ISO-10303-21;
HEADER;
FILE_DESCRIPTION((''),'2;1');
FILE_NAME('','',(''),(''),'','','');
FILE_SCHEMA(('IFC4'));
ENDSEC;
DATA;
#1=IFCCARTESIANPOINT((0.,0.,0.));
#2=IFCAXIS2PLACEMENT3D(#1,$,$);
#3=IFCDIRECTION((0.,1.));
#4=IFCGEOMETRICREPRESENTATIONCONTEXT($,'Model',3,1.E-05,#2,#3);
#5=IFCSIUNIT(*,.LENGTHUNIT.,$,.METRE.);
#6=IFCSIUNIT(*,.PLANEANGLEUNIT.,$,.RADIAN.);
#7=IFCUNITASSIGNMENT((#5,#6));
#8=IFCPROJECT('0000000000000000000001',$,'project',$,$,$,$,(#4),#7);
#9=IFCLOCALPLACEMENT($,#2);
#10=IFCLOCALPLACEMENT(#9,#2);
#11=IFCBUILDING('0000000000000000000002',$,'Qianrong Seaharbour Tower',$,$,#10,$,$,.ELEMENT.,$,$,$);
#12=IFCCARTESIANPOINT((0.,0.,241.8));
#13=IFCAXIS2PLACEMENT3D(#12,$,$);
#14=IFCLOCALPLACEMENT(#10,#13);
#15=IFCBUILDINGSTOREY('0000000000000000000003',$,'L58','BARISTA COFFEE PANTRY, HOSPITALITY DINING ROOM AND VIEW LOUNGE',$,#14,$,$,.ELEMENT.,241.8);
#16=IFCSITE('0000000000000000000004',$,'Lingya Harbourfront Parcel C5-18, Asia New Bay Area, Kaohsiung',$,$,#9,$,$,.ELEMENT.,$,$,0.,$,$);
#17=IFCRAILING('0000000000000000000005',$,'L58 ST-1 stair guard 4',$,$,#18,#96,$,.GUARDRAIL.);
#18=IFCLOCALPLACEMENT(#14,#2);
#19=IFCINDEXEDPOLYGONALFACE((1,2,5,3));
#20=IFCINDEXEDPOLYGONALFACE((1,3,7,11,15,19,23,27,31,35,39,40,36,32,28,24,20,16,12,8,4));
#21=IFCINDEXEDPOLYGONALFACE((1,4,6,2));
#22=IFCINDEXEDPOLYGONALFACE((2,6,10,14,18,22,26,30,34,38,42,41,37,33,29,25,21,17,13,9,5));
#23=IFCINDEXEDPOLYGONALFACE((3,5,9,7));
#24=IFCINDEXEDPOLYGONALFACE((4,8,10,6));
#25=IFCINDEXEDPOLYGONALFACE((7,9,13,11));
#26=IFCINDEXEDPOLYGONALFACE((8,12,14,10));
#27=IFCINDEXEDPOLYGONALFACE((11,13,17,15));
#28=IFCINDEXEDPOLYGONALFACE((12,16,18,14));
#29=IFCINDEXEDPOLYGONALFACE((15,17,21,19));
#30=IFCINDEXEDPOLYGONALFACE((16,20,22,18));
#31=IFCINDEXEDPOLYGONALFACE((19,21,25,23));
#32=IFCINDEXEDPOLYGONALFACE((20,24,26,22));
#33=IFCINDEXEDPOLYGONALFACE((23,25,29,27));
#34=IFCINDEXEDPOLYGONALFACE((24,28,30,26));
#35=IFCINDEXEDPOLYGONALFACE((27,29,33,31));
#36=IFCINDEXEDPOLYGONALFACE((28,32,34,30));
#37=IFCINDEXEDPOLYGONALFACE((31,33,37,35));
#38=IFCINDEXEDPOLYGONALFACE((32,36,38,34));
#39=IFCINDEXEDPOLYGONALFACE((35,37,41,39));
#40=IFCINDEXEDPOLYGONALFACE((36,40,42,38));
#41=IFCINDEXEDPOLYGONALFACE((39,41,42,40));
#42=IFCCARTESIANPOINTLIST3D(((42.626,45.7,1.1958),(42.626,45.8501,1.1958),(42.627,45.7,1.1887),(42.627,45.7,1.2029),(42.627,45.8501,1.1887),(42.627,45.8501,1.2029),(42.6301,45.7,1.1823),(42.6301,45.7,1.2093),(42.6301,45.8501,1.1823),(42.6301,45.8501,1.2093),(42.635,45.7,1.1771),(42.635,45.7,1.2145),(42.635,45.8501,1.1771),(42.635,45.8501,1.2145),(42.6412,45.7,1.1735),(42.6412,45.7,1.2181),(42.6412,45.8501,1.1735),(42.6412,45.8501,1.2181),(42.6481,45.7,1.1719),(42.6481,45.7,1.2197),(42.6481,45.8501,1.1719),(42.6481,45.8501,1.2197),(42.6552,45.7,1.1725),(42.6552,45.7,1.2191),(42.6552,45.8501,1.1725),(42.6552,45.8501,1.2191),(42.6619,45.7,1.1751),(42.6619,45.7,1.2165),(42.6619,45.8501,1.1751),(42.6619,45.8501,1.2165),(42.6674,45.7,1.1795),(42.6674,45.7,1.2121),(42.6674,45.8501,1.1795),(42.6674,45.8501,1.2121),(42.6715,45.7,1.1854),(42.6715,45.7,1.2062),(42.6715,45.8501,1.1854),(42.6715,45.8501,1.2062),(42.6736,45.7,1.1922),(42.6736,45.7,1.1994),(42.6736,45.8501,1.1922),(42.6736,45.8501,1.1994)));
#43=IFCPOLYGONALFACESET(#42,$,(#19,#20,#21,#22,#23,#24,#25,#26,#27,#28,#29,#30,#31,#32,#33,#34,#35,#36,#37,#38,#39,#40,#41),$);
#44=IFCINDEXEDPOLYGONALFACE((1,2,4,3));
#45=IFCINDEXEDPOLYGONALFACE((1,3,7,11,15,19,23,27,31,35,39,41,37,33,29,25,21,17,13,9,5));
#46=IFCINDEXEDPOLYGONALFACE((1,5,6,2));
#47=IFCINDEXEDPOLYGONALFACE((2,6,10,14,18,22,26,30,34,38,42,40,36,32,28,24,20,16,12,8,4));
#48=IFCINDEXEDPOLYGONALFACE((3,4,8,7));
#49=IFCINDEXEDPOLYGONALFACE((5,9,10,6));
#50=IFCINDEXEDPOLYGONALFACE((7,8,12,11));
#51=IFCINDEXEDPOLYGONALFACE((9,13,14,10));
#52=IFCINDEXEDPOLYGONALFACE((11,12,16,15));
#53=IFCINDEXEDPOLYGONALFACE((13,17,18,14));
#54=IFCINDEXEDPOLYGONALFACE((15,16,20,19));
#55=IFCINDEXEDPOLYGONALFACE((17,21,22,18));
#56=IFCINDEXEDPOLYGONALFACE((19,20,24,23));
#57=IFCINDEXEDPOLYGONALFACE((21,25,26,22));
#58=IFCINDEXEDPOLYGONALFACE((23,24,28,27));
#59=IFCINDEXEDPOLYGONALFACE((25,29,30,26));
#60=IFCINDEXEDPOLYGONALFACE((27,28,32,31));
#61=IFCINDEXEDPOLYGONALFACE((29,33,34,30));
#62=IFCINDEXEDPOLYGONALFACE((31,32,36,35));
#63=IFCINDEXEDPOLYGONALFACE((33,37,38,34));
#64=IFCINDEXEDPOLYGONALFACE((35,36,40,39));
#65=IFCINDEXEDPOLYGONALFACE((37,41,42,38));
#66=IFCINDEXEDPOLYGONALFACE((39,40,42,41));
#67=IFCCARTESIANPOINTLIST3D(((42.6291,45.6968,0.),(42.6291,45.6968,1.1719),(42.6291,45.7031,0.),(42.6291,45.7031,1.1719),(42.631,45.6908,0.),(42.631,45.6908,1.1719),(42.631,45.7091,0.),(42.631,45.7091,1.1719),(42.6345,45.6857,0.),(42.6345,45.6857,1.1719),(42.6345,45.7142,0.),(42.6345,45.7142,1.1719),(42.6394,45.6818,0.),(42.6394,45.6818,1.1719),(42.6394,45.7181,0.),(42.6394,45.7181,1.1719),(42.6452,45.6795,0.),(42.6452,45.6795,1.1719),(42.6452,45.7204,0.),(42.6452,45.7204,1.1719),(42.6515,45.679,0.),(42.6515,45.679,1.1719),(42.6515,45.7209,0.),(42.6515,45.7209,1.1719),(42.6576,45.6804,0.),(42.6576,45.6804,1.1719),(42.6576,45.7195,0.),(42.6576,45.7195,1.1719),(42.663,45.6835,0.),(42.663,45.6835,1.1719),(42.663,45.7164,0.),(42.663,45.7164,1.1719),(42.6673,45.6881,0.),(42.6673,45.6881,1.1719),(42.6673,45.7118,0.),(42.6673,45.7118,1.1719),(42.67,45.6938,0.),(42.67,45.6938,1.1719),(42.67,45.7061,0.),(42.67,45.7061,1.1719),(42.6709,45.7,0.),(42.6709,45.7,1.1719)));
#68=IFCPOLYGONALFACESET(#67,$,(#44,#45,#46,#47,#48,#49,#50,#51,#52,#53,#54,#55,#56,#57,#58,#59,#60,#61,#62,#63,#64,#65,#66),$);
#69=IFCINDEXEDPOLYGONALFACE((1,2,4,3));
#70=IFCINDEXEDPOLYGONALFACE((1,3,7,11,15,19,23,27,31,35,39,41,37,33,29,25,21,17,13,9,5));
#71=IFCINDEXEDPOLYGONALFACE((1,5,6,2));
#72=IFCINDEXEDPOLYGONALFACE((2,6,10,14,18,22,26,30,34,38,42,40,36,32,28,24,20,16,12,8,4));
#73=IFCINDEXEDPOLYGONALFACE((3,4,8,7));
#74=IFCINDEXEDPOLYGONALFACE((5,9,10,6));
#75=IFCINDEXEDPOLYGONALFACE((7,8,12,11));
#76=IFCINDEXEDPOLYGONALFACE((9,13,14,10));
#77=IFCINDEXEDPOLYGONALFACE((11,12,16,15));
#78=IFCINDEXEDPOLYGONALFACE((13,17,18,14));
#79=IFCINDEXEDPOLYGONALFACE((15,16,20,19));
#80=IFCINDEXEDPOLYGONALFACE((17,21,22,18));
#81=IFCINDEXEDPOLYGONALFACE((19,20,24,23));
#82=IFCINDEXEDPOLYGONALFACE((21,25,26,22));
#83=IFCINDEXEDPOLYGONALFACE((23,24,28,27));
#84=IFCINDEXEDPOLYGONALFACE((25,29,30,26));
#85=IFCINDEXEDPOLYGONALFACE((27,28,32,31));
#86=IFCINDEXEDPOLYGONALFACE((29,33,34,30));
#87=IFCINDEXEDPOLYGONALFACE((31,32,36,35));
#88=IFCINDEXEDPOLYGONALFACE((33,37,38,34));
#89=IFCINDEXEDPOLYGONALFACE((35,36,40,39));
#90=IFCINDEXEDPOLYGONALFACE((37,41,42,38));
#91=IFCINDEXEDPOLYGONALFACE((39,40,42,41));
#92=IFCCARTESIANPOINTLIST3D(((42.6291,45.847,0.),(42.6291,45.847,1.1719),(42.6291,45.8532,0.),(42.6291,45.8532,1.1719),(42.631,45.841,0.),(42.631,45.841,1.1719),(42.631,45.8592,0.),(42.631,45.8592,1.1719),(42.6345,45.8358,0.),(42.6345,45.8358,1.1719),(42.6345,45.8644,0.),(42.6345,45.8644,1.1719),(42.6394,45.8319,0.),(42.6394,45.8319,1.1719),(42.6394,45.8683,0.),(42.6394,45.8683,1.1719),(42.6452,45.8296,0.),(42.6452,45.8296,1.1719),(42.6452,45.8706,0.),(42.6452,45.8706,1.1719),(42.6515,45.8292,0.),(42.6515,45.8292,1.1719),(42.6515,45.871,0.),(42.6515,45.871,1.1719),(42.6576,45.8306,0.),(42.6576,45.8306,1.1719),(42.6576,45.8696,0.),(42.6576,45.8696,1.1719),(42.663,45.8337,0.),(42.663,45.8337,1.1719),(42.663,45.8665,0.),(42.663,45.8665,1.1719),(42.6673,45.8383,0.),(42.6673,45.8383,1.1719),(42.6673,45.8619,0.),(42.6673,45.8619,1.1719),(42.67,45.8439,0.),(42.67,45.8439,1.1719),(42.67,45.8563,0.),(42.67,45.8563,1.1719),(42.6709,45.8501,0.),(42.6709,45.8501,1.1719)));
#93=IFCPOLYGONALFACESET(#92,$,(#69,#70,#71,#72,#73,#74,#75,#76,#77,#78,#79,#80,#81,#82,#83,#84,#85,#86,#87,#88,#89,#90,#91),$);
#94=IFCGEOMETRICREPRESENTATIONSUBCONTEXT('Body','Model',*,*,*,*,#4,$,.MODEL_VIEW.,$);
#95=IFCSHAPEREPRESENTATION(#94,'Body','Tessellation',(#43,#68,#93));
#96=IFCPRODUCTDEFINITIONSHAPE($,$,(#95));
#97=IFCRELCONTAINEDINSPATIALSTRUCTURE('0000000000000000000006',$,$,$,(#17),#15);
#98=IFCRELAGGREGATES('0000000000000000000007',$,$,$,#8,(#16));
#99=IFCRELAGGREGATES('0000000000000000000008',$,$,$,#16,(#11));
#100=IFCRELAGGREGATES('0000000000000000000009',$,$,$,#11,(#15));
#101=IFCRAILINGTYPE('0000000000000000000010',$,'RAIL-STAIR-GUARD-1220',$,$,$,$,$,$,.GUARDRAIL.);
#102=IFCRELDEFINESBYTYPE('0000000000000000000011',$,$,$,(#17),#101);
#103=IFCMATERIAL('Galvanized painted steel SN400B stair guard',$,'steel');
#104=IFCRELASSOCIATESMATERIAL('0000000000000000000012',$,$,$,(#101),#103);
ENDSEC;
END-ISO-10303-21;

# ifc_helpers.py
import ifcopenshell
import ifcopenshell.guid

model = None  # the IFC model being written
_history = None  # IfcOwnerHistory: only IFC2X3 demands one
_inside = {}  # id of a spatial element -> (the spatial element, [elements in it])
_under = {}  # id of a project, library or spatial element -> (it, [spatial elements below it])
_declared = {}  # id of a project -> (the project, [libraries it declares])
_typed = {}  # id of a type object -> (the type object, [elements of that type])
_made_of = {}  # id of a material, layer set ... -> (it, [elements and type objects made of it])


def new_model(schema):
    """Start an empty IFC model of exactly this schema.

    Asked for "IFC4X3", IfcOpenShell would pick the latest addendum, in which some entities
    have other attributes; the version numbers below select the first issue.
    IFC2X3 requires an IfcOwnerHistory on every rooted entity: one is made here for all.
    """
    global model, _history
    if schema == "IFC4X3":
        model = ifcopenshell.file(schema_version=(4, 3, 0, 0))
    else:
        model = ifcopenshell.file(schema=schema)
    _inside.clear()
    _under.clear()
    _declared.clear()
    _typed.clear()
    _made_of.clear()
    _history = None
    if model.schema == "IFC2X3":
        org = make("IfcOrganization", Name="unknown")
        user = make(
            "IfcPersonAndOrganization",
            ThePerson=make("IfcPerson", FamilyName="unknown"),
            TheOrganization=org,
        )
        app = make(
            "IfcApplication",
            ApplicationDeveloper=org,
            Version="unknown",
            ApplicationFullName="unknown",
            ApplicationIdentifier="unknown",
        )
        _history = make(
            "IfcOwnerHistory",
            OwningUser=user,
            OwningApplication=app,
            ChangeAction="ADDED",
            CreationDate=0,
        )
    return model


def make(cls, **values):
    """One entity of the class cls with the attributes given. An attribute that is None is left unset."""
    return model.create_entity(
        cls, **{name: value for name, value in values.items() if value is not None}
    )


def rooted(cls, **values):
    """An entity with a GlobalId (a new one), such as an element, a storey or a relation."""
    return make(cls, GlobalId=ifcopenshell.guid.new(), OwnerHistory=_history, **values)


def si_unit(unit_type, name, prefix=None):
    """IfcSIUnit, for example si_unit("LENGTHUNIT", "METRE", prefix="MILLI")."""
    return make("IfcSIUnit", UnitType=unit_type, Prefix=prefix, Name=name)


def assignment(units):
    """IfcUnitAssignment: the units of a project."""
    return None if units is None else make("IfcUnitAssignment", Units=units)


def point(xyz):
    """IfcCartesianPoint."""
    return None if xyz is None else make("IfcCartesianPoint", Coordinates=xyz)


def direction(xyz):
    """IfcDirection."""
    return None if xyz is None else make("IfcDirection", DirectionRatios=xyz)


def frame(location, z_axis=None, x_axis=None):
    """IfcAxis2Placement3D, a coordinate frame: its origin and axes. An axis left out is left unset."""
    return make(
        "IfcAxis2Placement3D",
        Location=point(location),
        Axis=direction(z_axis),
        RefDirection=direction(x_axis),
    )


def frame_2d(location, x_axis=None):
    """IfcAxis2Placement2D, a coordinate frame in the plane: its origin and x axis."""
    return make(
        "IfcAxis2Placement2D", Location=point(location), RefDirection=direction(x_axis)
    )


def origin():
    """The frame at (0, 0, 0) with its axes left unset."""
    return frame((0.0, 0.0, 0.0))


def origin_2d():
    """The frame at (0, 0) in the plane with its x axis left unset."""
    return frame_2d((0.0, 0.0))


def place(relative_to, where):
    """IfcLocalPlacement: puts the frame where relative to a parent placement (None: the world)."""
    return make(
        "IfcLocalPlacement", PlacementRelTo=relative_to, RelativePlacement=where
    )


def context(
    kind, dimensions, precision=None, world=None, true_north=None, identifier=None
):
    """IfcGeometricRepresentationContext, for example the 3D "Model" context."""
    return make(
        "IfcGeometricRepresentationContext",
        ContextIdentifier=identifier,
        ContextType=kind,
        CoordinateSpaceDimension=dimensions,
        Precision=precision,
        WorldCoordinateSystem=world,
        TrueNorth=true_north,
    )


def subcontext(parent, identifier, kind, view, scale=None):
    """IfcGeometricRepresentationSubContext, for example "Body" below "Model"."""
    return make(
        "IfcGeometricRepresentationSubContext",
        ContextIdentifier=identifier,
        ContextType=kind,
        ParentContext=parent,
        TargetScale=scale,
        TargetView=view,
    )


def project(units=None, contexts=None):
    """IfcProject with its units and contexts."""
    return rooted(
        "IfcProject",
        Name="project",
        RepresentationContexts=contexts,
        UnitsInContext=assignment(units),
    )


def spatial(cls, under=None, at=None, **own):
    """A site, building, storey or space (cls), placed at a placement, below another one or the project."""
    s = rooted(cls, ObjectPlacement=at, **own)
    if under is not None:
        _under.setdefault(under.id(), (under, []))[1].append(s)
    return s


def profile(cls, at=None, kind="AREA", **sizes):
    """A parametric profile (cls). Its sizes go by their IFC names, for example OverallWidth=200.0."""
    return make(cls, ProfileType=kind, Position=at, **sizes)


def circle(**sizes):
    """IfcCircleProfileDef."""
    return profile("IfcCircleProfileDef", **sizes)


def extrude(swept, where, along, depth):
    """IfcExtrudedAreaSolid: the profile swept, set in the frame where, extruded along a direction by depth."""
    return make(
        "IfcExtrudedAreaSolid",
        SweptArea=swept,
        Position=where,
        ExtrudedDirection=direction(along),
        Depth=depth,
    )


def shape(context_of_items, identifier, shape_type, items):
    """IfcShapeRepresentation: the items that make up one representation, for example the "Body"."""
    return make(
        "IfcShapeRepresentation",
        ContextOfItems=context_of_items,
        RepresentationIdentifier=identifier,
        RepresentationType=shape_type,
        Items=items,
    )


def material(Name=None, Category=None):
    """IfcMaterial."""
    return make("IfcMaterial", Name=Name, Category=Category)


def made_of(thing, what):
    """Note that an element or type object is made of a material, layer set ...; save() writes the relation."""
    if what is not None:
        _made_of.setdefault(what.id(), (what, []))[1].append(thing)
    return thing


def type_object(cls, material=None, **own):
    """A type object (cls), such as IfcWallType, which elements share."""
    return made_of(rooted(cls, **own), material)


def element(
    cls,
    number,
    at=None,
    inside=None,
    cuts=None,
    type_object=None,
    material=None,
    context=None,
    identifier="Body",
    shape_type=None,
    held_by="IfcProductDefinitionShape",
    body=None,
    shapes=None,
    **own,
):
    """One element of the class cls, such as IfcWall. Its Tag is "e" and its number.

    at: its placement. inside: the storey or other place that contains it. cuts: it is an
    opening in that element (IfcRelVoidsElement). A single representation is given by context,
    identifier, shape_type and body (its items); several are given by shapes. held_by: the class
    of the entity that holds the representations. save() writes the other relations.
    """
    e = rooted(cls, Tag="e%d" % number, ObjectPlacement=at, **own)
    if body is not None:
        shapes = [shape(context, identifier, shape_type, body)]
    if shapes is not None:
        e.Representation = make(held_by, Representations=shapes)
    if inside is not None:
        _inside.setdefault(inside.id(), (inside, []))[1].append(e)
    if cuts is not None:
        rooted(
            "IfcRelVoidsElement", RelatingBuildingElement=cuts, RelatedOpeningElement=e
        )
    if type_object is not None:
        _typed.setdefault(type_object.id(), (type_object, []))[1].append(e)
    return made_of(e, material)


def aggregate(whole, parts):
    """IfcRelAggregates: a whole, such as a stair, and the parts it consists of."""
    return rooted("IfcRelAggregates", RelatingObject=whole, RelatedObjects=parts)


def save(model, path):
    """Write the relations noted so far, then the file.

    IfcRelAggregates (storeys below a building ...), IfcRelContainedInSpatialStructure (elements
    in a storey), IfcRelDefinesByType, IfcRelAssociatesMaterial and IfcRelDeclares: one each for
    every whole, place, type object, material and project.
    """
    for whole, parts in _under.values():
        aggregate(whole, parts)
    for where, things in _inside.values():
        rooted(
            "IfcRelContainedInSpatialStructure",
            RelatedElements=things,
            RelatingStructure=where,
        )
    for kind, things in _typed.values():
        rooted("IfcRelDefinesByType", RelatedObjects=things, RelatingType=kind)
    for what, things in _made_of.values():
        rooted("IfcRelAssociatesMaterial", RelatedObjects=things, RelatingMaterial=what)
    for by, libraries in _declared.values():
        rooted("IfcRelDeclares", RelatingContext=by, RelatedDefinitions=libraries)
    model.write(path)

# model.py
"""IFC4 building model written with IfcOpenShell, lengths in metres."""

from ifc_helpers import new_model, si_unit, direction, frame, origin, origin_2d, place, context, subcontext, project, spatial, circle, extrude, material, type_object, element, save


model = new_model("IFC4")

# Units and contexts
model_context = context("Model", 3, precision=1e-05, world=origin(), true_north=direction((0.0, 1.0)))
body_context = subcontext(model_context, "Body", "Model", "MODEL_VIEW")
ifc_project = project(units=[si_unit("LENGTHUNIT", "METRE"), si_unit("PLANEANGLEUNIT", "RADIAN")], contexts=[model_context])

# Site, building, storey
site_placement = place(None, origin())
site = spatial("IfcSite", under=ifc_project, at=site_placement, Name="Lingya Harbourfront Parcel C5-18, Asia New Bay Area, Kaohsiung", CompositionType="ELEMENT", RefElevation=0.0)
building_placement = place(site_placement, origin())
building = spatial("IfcBuilding", under=site, at=building_placement, Name="Qianrong Seaharbour Tower", CompositionType="ELEMENT")
storey_placement = place(building_placement, frame((0.0, 0.0, 241.8)))
storey = spatial("IfcBuildingStorey", under=building, at=storey_placement, Name="L58", Description="BARISTA COFFEE PANTRY, HOSPITALITY DINING ROOM AND VIEW LOUNGE", CompositionType="ELEMENT", Elevation=241.8)

# Railing
ifc_material_1 = material(Name="Galvanized painted steel SN400B stair guard", Category="steel")
railing_type = type_object("IfcRailingType", Name="RAIL-STAIR-GUARD-1220", PredefinedType="GUARDRAIL", material=ifc_material_1)
railing_1_placement = place(storey_placement, frame((42.6499, 45.7, 0.0)))
element("IfcRailing", 1, at=railing_1_placement, inside=storey, type_object=railing_type, Name="L58 ST-1 stair guard 4", PredefinedType="GUARDRAIL", context=body_context, shape_type="SweptSolid", body=[
    extrude(circle(Radius=0.0239, at=origin_2d()), frame((0.0, 0.0, 1.1958), z_axis=(0.0, 1.0, 0.0), x_axis=(-1.0, 0.0, 0.0)), (0.0, 0.0, 1.0), 0.1501),
    extrude(circle(Radius=0.021, at=origin_2d()), origin(), (0.0, 0.0, 1.0), 1.1719),
    extrude(circle(Radius=0.021, at=origin_2d()), frame((0.0, 0.1501, 0.0)), (0.0, 0.0, 1.0), 1.1719),
])

save(model, "model.ifc")
